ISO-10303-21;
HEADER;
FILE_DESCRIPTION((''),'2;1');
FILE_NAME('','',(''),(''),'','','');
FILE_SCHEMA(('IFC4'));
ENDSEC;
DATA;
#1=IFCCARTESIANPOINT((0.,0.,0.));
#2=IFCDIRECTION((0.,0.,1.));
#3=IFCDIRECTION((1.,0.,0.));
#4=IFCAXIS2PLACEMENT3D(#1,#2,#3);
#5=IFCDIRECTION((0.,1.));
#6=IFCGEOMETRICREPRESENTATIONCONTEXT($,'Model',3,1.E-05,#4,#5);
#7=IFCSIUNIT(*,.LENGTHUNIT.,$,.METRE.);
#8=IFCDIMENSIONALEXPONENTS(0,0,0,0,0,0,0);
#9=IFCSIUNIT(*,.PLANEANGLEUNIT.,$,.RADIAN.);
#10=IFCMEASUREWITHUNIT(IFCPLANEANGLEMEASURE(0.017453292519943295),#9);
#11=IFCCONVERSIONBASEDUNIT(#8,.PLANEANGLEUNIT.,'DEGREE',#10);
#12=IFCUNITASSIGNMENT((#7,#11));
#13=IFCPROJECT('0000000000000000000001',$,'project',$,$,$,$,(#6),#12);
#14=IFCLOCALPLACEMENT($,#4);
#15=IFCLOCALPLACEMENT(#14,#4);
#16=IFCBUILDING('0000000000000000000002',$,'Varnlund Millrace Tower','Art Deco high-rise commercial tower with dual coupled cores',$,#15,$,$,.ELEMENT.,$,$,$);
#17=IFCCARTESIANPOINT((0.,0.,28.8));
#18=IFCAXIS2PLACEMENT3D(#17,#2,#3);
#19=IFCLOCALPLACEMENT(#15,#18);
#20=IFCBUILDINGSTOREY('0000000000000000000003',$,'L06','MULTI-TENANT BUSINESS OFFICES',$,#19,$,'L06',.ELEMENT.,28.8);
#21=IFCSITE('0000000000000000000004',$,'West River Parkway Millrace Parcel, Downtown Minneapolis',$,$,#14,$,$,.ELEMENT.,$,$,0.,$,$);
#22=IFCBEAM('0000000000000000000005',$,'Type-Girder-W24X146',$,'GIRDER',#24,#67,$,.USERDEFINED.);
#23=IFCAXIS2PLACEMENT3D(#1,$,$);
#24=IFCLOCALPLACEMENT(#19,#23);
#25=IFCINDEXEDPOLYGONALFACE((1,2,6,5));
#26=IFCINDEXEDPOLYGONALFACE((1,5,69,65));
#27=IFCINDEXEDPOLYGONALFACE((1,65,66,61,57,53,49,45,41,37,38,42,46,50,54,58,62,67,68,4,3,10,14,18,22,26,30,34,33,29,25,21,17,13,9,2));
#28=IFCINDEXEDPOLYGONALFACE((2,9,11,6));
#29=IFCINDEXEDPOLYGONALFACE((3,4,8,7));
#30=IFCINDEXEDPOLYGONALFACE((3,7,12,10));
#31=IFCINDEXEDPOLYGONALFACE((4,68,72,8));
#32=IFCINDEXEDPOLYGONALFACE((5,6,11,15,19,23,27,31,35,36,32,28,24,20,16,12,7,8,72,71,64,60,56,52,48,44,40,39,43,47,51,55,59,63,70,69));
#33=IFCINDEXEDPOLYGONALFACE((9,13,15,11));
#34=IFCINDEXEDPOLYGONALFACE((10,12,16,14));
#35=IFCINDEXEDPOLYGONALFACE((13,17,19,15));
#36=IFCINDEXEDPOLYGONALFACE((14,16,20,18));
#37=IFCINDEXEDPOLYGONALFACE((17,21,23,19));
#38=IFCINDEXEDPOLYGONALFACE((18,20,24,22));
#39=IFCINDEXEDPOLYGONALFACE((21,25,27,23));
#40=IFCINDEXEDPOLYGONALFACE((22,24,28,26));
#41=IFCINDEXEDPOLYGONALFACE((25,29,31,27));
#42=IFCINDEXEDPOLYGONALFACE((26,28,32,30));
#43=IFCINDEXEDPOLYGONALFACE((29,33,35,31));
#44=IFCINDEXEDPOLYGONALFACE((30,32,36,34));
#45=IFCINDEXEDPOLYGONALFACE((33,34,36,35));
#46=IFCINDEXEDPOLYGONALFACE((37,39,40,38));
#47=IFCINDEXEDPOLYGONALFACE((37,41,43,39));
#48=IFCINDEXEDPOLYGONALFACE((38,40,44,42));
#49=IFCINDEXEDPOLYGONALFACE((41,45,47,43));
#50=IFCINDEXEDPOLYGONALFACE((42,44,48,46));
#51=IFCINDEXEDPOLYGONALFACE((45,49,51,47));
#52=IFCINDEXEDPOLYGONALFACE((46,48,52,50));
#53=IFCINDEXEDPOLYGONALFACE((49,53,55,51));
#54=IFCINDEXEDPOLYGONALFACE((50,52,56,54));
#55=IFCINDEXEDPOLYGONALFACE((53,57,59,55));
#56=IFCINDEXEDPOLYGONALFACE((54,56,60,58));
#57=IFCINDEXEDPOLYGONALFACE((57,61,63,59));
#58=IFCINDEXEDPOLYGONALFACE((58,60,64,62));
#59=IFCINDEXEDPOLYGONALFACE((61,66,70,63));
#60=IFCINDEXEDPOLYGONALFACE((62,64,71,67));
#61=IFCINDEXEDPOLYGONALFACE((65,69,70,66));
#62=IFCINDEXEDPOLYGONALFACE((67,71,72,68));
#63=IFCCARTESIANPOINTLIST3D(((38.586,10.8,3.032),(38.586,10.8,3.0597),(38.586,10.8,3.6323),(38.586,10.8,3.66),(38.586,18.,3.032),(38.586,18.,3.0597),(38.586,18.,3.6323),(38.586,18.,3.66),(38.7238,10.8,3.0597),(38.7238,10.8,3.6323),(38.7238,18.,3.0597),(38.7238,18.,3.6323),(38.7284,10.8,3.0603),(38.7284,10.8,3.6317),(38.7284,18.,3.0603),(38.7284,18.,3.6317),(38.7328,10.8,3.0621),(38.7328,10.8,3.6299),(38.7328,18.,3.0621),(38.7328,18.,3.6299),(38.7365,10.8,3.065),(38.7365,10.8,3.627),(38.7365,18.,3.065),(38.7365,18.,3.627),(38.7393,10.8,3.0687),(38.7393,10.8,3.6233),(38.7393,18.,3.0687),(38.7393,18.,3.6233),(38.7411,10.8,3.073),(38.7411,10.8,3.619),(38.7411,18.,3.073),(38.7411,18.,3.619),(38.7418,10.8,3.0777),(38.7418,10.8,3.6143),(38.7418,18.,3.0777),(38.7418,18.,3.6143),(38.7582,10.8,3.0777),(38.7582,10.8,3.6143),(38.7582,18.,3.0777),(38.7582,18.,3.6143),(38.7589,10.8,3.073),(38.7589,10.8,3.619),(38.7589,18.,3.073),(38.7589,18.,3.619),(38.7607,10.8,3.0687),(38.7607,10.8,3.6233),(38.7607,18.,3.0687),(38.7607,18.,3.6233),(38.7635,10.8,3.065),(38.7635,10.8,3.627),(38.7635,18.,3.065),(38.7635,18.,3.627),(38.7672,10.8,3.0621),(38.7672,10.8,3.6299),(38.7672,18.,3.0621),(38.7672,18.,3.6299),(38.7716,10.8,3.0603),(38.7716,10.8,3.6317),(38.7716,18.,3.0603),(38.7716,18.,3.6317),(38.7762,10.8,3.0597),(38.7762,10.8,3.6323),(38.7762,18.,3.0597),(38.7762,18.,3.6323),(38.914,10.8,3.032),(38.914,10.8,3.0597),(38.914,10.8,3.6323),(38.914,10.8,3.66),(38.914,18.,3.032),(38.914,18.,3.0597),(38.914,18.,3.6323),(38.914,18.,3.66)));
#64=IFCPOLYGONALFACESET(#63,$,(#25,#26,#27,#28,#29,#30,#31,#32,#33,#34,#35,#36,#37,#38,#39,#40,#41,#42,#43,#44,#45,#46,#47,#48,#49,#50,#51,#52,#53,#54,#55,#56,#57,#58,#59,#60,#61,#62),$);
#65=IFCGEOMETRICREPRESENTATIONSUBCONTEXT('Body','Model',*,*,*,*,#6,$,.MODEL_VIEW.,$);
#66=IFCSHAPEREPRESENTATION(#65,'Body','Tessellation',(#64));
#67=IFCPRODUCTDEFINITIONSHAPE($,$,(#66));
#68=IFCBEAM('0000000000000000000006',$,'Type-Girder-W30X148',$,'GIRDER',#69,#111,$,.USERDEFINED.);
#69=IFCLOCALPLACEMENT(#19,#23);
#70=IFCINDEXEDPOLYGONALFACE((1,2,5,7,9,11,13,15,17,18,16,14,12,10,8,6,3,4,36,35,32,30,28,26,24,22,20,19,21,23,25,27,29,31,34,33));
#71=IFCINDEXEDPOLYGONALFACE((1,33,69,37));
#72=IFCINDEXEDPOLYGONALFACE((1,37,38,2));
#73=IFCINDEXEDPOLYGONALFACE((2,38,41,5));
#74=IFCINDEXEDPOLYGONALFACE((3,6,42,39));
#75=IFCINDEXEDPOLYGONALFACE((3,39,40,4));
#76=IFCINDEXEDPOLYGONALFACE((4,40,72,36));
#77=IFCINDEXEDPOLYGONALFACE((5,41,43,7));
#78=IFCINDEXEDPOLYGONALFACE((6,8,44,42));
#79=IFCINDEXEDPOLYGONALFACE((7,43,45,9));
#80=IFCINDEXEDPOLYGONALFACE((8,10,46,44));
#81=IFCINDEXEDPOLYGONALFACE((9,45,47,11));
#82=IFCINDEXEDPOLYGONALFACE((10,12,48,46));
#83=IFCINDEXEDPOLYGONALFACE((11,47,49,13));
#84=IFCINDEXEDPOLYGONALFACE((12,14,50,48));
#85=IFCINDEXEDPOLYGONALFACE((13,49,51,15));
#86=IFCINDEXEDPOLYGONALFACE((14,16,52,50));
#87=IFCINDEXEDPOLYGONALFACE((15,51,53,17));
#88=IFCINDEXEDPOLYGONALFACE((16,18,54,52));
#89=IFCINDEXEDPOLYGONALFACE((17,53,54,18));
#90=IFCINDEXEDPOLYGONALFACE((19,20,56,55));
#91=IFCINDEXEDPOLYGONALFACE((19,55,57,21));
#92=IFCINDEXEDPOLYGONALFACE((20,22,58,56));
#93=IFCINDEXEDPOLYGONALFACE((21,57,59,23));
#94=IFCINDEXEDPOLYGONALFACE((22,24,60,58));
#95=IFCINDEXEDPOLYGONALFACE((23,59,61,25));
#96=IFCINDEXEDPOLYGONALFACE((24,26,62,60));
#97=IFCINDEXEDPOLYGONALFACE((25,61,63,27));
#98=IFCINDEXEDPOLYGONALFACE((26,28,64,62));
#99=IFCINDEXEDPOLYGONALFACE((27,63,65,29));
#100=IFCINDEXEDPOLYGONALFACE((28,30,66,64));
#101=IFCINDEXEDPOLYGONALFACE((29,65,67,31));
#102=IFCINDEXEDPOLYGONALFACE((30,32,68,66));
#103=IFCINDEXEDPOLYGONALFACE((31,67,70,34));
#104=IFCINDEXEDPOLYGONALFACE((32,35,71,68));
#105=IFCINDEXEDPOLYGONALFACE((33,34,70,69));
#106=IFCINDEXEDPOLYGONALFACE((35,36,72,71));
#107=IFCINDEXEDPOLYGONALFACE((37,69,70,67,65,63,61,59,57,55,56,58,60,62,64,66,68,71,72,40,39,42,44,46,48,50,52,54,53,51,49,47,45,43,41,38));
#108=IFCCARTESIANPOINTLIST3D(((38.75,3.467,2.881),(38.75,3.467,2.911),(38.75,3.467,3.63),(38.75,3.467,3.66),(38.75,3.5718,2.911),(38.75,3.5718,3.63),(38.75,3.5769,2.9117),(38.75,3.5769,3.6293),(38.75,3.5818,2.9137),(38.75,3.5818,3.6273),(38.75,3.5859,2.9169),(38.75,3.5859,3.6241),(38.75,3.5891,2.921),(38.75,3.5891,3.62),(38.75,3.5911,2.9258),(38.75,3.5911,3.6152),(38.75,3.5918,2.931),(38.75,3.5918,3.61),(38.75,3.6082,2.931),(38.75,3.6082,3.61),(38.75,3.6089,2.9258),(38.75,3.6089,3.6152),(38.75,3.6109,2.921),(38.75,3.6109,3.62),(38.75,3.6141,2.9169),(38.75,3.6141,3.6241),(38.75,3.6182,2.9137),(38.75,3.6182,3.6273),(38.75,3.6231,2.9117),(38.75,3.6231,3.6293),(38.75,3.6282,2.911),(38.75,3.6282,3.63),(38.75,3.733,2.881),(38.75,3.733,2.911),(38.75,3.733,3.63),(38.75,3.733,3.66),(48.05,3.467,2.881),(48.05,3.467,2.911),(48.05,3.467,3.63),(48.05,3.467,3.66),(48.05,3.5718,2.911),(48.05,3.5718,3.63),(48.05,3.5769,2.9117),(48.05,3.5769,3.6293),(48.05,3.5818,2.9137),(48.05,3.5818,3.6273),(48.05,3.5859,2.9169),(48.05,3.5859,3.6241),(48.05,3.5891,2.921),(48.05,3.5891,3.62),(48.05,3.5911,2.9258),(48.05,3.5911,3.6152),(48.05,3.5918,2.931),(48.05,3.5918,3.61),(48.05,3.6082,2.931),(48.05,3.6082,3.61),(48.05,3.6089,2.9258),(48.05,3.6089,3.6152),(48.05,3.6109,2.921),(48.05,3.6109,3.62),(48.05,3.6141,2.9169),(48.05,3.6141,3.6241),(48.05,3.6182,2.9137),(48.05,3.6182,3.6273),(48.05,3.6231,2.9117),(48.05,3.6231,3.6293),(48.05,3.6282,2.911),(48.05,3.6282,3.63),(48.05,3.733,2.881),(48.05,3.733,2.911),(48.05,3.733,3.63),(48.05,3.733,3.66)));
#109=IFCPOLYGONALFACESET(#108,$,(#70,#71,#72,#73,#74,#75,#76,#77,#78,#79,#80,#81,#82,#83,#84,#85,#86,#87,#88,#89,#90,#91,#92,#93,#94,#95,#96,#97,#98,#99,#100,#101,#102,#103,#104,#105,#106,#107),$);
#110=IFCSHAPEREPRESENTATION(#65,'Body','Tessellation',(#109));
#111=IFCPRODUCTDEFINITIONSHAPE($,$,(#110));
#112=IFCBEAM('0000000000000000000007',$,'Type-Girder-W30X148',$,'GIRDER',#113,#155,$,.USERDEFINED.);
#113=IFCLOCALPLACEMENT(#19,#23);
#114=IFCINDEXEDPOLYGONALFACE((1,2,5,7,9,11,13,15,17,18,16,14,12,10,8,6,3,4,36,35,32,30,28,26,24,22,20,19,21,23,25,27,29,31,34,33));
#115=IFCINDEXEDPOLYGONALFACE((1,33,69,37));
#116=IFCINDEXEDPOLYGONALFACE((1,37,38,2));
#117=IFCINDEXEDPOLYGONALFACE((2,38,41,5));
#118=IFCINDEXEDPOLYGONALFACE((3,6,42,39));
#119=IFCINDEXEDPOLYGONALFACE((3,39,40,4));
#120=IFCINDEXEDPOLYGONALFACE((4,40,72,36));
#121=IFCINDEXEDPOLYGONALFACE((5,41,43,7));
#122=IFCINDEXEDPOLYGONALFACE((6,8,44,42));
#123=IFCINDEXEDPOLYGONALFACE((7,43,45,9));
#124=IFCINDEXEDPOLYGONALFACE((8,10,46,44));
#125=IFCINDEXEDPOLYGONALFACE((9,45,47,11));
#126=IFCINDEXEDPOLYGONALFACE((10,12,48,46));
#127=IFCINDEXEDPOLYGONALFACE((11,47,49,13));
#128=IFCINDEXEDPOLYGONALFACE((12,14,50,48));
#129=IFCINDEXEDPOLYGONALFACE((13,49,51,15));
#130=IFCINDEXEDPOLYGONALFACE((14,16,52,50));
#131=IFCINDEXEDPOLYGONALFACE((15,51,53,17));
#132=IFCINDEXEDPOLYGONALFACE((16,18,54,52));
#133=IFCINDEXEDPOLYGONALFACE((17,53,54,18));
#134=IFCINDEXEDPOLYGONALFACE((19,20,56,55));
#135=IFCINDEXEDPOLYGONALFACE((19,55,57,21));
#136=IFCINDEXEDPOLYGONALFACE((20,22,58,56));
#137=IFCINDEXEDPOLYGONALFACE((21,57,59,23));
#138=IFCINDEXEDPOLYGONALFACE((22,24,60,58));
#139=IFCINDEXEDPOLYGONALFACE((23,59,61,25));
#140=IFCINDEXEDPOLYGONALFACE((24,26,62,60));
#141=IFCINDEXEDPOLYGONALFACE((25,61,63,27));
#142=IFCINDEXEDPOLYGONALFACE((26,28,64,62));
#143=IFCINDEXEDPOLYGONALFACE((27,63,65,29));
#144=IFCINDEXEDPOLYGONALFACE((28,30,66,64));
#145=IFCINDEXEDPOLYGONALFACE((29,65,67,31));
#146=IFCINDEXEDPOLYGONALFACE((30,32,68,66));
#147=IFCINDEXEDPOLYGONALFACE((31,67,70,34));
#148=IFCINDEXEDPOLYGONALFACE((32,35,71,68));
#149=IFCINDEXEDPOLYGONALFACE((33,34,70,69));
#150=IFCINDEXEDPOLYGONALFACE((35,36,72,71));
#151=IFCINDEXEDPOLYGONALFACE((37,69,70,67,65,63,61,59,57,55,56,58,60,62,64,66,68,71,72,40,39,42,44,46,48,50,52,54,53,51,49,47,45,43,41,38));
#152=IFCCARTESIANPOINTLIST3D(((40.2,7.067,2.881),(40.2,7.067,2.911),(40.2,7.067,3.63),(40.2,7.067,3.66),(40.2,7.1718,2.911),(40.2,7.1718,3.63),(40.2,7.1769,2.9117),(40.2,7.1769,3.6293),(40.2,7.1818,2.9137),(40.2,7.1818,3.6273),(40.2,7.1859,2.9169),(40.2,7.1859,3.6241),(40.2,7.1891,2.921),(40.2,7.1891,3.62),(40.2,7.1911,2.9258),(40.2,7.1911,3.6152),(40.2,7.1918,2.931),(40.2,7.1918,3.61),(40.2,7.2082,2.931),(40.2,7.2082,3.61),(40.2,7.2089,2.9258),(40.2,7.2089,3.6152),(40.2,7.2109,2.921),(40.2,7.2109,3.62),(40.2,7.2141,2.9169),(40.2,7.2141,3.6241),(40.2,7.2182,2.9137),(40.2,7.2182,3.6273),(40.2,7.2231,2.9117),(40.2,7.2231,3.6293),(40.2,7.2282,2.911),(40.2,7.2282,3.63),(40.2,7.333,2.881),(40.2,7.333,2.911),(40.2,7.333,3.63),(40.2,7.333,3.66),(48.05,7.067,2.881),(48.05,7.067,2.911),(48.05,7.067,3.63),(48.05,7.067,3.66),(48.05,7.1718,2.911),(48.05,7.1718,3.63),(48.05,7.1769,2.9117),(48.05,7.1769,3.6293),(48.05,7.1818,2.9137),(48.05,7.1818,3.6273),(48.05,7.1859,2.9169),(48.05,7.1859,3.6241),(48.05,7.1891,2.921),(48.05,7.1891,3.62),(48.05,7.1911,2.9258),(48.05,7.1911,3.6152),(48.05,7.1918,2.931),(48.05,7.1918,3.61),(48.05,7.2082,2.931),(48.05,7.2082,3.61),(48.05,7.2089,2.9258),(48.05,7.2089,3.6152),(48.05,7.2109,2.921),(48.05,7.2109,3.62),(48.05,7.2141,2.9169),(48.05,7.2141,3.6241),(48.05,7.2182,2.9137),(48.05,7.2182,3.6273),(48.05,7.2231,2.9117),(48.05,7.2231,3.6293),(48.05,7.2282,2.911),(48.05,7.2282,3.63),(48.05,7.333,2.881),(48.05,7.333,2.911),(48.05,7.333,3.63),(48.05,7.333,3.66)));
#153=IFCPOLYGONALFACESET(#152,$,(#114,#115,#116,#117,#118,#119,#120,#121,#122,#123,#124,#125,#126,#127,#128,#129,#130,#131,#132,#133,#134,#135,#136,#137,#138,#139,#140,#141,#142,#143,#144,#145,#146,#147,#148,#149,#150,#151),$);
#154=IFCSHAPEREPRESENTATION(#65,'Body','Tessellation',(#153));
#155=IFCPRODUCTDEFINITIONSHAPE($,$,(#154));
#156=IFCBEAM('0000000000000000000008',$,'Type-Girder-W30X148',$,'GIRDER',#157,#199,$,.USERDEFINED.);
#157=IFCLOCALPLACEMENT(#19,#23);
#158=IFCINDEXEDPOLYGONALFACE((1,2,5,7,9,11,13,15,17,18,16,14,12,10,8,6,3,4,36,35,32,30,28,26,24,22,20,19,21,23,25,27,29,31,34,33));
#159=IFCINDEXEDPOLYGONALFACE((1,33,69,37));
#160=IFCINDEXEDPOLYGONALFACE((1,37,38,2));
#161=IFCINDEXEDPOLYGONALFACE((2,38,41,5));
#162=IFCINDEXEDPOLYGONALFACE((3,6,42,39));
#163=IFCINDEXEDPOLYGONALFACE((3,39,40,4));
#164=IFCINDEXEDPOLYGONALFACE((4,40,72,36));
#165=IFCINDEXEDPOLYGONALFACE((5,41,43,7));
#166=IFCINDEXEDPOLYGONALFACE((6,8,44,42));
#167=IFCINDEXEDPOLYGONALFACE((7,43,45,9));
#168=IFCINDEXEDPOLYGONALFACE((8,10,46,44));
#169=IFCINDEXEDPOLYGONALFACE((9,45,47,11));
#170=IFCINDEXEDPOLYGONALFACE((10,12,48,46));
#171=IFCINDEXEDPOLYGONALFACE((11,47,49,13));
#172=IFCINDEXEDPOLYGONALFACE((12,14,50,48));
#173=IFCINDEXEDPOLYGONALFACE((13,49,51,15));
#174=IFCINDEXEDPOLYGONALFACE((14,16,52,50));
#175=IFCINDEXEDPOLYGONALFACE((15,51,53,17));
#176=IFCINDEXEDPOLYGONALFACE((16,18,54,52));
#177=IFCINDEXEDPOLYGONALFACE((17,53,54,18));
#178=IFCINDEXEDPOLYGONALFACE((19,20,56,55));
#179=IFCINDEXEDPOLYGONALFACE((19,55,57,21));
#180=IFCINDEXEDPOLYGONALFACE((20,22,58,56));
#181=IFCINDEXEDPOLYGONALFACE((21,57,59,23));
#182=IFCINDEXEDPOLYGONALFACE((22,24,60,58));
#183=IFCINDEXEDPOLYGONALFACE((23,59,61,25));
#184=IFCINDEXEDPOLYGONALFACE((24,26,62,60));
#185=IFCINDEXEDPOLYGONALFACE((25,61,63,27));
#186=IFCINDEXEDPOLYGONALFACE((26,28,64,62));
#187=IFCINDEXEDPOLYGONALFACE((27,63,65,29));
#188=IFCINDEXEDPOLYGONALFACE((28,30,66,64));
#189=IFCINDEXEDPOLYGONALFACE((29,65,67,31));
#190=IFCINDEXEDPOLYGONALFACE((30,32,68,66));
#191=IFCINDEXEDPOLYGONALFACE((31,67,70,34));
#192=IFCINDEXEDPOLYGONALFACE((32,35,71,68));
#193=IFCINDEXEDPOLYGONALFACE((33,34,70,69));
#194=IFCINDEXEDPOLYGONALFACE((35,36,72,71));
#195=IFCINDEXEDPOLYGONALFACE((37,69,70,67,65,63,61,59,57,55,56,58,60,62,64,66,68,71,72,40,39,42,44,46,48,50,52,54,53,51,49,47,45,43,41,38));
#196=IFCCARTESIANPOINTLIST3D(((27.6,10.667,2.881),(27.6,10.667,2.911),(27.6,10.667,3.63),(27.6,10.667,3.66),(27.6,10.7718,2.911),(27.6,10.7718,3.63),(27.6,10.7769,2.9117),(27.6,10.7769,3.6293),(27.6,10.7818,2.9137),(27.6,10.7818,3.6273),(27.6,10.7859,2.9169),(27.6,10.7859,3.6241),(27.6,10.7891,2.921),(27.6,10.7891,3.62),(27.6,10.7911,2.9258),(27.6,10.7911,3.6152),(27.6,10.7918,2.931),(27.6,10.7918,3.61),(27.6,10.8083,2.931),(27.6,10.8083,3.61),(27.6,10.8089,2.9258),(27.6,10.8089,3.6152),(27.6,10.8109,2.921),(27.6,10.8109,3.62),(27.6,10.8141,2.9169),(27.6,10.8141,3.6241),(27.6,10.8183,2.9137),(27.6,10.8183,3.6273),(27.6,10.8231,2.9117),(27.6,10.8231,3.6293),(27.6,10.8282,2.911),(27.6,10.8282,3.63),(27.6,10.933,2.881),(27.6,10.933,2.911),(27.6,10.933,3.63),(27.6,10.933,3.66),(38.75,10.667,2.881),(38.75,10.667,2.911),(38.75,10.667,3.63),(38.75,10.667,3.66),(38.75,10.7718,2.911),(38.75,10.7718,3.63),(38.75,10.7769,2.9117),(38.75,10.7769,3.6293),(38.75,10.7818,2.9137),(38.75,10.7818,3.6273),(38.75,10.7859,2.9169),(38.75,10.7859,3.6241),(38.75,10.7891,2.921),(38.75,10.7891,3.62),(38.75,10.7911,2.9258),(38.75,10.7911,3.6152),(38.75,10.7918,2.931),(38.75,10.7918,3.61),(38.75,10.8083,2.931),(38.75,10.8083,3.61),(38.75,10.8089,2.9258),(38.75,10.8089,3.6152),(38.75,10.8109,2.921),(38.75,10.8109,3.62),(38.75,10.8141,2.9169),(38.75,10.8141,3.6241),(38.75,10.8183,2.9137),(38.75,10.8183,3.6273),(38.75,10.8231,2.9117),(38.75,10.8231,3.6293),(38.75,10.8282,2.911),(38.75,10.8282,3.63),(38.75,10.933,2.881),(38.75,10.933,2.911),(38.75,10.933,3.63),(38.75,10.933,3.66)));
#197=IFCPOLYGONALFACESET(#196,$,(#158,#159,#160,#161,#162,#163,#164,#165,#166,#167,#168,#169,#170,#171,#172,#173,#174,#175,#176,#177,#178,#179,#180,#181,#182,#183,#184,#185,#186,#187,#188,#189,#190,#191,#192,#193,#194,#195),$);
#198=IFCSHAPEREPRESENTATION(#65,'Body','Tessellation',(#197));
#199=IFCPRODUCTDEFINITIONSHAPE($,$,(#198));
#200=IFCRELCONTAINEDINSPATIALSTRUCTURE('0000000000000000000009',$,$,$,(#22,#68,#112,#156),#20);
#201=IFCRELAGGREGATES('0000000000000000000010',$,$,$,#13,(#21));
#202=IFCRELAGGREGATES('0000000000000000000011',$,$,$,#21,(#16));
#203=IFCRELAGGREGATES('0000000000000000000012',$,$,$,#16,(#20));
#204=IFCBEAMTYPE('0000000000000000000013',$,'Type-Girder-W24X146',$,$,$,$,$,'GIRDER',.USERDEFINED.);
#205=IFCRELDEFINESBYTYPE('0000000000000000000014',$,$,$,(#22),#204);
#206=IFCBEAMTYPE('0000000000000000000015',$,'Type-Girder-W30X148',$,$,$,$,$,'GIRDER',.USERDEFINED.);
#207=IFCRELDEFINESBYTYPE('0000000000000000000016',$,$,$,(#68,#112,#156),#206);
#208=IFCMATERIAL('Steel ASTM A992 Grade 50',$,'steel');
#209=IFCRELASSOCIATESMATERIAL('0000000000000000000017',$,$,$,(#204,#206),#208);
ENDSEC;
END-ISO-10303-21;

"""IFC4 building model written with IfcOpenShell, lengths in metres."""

from ifc_helpers import new_model, entity, si_unit, converted_unit, direction, frame, origin_with_axes, origin_2d_with_axis, place, context, subcontext, project, spatial, i_section, extrude, material, material_profile, profile_set, type_object, element, save


model = new_model("IFC4")

# Units and contexts
model_context = context("Model", 3, precision=1e-05, world=origin_with_axes(), true_north=direction((0.0, 1.0)))
body_context = subcontext(model_context, "Body", "Model", "MODEL_VIEW")
ifc_project = project(units=[si_unit("LENGTHUNIT", "METRE"), converted_unit("PLANEANGLEUNIT", "DEGREE", entity("IfcPlaneAngleMeasure", 0.017453292519943295), si_unit("PLANEANGLEUNIT", "RADIAN"), dimensions=[0, 0, 0, 0, 0, 0, 0])], contexts=[model_context])

# Site, building, storey
site_placement = place(None, origin_with_axes())
site = spatial("IfcSite", under=ifc_project, at=site_placement, Name="West River Parkway Millrace Parcel, Downtown Minneapolis", CompositionType="ELEMENT", RefElevation=0.0)
building_placement = place(site_placement, origin_with_axes())
building = spatial("IfcBuilding", under=site, at=building_placement, Name="Varnlund Millrace Tower", Description="Art Deco high-rise commercial tower with dual coupled cores", CompositionType="ELEMENT")
storey_placement = place(building_placement, frame((0.0, 0.0, 28.8), z_axis=(0.0, 0.0, 1.0), x_axis=(1.0, 0.0, 0.0)))
storey = spatial("IfcBuildingStorey", under=building, at=storey_placement, Name="L06", Description="MULTI-TENANT BUSINESS OFFICES", LongName="L06", CompositionType="ELEMENT", Elevation=28.8)

# Beams
ifc_material_1 = material(Name="Steel ASTM A992 Grade 50", Category="steel")
ifc_material_profile_1 = material_profile(ifc_material_1, i_section(OverallWidth=0.328, OverallDepth=0.628, WebThickness=0.0165, FlangeThickness=0.0277, FilletRadius=0.018, at=origin_2d_with_axis()), Name="Steel ASTM A992 Grade 50")
ifc_profile_set_1 = profile_set([ifc_material_profile_1], Name="Steel ASTM A992 Grade 50")
beam_type_1 = type_object("IfcBeamType", Name="Type-Girder-W24X146", ElementType="GIRDER", PredefinedType="USERDEFINED", material=ifc_profile_set_1)
for number, where, z_axis, x_axis, name in (
    (1, (38.75, 10.8, 3.346), (0.0, 1.0, 0.0), (-1.0, 0.0, 0.0), "Type-Girder-W24X146"),
):
    element("IfcBeam", number, at=place(storey_placement, frame(where, z_axis=z_axis, x_axis=x_axis)), inside=storey, type_object=beam_type_1, Name=name, ObjectType="GIRDER", PredefinedType="USERDEFINED", context=body_context, shape_type="SweptSolid", body=[
        extrude(i_section(OverallWidth=0.328, OverallDepth=0.628, WebThickness=0.0165, FlangeThickness=0.0277, FilletRadius=0.018, at=origin_2d_with_axis()), origin_with_axes(), (0.0, 0.0, 1.0), 7.2),
    ])
ifc_material_profile_2 = material_profile(ifc_material_1, i_section(OverallWidth=0.266, OverallDepth=0.779, WebThickness=0.0165, FlangeThickness=0.03, FilletRadius=0.02, at=origin_2d_with_axis()), Name="Steel ASTM A992 Grade 50")
ifc_profile_set_2 = profile_set([ifc_material_profile_2], Name="Steel ASTM A992 Grade 50")
beam_type_2 = type_object("IfcBeamType", Name="Type-Girder-W30X148", ElementType="GIRDER", PredefinedType="USERDEFINED", material=ifc_profile_set_2)
beam_1_placement = place(storey_placement, frame((38.75, 3.6, 3.2705), z_axis=(1.0, 0.0, 0.0), x_axis=(0.0, 1.0, 0.0)))
element("IfcBeam", 2, at=beam_1_placement, inside=storey, type_object=beam_type_2, Name="Type-Girder-W30X148", ObjectType="GIRDER", PredefinedType="USERDEFINED", context=body_context, shape_type="SweptSolid", body=[
    extrude(i_section(OverallWidth=0.266, OverallDepth=0.779, WebThickness=0.0165, FlangeThickness=0.03, FilletRadius=0.02, at=origin_2d_with_axis()), origin_with_axes(), (0.0, 0.0, 1.0), 9.3),
])
beam_2_placement = place(storey_placement, frame((40.2, 7.2, 3.2705), z_axis=(1.0, 0.0, 0.0), x_axis=(0.0, 1.0, 0.0)))
element("IfcBeam", 3, at=beam_2_placement, inside=storey, type_object=beam_type_2, Name="Type-Girder-W30X148", ObjectType="GIRDER", PredefinedType="USERDEFINED", context=body_context, shape_type="SweptSolid", body=[
    extrude(i_section(OverallWidth=0.266, OverallDepth=0.779, WebThickness=0.0165, FlangeThickness=0.03, FilletRadius=0.02, at=origin_2d_with_axis()), origin_with_axes(), (0.0, 0.0, 1.0), 7.85),
])
beam_3_placement = place(storey_placement, frame((27.6, 10.8, 3.2705), z_axis=(1.0, 0.0, 0.0), x_axis=(0.0, 1.0, 0.0)))
element("IfcBeam", 4, at=beam_3_placement, inside=storey, type_object=beam_type_2, Name="Type-Girder-W30X148", ObjectType="GIRDER", PredefinedType="USERDEFINED", context=body_context, shape_type="SweptSolid", body=[
    extrude(i_section(OverallWidth=0.266, OverallDepth=0.779, WebThickness=0.0165, FlangeThickness=0.03, FilletRadius=0.02, at=origin_2d_with_axis()), origin_with_axes(), (0.0, 0.0, 1.0), 11.15),
])

save(model, "model.ifc")
